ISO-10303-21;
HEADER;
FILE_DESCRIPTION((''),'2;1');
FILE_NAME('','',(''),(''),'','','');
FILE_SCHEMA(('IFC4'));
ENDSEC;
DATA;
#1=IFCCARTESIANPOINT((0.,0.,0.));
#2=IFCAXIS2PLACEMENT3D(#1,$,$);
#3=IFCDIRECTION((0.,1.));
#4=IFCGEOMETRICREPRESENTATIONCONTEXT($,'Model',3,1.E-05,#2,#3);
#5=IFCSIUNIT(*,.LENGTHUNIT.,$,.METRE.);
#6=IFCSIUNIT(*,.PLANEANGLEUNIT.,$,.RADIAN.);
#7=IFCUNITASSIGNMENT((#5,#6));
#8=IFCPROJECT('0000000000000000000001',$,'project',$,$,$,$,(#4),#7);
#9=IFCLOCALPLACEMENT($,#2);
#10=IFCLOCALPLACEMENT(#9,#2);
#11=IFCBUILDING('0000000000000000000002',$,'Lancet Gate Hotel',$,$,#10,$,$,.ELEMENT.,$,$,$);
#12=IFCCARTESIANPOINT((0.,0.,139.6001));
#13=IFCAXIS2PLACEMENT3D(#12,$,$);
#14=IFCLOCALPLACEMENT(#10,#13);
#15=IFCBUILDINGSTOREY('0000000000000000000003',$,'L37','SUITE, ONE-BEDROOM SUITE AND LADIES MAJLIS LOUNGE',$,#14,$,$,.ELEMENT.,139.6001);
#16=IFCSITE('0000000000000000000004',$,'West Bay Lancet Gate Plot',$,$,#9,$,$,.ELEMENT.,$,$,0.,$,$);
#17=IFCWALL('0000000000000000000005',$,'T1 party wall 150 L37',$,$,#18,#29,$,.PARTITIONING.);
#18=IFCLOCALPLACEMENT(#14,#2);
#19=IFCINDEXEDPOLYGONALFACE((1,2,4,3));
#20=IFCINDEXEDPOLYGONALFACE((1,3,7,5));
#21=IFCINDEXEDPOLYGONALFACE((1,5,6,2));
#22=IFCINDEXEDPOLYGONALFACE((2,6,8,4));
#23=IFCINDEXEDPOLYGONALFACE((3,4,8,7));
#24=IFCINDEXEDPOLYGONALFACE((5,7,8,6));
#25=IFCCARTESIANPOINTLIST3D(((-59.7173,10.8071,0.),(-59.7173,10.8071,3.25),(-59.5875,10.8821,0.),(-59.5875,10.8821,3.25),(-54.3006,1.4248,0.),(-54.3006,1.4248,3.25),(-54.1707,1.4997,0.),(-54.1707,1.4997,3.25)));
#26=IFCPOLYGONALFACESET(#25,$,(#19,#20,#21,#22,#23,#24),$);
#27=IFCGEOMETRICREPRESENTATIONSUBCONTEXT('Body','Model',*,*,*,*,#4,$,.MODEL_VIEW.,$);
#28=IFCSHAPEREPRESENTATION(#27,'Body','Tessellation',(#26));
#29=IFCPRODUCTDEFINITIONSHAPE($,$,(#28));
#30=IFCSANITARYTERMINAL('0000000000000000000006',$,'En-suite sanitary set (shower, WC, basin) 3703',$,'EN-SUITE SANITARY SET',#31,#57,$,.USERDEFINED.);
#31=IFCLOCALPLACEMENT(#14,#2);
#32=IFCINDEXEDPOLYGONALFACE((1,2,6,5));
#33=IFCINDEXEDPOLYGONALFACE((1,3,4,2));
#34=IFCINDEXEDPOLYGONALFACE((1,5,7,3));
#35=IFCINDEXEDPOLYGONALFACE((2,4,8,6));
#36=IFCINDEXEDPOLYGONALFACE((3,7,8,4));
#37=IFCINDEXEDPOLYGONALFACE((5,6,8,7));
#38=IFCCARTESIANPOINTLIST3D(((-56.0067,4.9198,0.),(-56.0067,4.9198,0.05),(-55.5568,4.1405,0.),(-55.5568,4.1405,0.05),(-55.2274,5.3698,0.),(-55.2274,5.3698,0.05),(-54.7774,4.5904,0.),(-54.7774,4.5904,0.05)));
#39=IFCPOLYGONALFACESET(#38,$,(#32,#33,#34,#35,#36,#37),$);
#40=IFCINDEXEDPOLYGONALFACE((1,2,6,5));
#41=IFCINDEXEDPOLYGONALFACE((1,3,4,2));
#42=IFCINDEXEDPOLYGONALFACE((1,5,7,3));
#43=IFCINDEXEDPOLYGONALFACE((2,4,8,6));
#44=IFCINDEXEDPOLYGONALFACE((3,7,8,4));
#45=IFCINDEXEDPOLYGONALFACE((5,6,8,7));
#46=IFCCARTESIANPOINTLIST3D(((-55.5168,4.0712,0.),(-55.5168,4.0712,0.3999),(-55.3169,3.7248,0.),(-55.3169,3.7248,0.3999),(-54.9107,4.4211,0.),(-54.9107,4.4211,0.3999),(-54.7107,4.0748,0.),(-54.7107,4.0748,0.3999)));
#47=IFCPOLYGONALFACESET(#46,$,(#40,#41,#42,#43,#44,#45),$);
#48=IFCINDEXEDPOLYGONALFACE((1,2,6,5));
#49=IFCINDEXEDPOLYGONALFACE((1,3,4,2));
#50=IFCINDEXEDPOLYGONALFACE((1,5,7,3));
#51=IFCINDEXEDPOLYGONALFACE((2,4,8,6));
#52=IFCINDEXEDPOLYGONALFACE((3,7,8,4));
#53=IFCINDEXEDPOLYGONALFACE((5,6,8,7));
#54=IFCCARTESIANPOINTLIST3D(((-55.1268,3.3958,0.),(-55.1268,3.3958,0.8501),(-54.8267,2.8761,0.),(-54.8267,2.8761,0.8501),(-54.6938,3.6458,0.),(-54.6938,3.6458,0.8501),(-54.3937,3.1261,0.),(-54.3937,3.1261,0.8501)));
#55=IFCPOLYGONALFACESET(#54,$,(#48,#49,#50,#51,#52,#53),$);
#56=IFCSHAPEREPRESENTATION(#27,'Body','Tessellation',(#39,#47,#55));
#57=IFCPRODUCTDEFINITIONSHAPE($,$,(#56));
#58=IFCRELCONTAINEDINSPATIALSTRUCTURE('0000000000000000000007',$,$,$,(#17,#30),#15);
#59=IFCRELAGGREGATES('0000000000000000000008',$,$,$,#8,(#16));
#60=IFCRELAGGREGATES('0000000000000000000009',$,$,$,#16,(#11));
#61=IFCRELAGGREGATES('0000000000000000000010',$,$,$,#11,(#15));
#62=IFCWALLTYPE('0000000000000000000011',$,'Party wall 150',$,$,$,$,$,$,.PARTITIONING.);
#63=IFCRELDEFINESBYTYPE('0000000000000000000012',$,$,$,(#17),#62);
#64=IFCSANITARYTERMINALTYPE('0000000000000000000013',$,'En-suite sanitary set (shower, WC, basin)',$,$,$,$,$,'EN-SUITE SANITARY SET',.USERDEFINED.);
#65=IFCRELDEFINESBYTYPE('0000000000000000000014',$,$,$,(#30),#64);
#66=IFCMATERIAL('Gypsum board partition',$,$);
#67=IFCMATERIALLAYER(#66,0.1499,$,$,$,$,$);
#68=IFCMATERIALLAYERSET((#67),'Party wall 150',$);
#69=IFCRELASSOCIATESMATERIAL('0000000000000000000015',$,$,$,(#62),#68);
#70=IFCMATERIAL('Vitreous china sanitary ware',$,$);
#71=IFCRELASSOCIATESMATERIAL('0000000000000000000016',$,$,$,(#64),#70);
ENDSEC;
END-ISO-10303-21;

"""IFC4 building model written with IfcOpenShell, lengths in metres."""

from ifc_helpers import new_model, si_unit, direction, frame, frame_2d, origin, origin_2d, place, context, subcontext, project, spatial, rectangle, extrude, material, layer, layer_set, type_object, element, save


model = new_model("IFC4")

# Units and contexts
model_context = context("Model", 3, precision=1e-05, world=origin(), true_north=direction((0.0, 1.0)))
body_context = subcontext(model_context, "Body", "Model", "MODEL_VIEW")
ifc_project = project(units=[si_unit("LENGTHUNIT", "METRE"), si_unit("PLANEANGLEUNIT", "RADIAN")], contexts=[model_context])

# Site, building, storey
site_placement = place(None, origin())
site = spatial("IfcSite", under=ifc_project, at=site_placement, Name="West Bay Lancet Gate Plot", CompositionType="ELEMENT", RefElevation=0.0)
building_placement = place(site_placement, origin())
building = spatial("IfcBuilding", under=site, at=building_placement, Name="Lancet Gate Hotel", CompositionType="ELEMENT")
storey_placement = place(building_placement, frame((0.0, 0.0, 139.6001)))
storey = spatial("IfcBuildingStorey", under=building, at=storey_placement, Name="L37", Description="SUITE, ONE-BEDROOM SUITE AND LADIES MAJLIS LOUNGE", CompositionType="ELEMENT", Elevation=139.6001)

# Wall
ifc_material_1 = material(Name="Gypsum board partition")
ifc_layer_1 = layer(ifc_material_1, 0.1499)
ifc_layer_set_1 = layer_set([ifc_layer_1], Name="Party wall 150")
wall_type_1 = type_object("IfcWallType", Name="Party wall 150", PredefinedType="PARTITIONING", material=ifc_layer_set_1)
wall_1_placement = place(storey_placement, frame((-54.2356, 1.4622, 0.0), z_axis=(0.0, 0.0, 1.0), x_axis=(-0.49999, 0.866031, 0.0)))
element("IfcWall", 1, at=wall_1_placement, inside=storey, type_object=wall_type_1, Name="T1 party wall 150 L37", PredefinedType="PARTITIONING", context=body_context, shape_type="SweptSolid", body=[
    extrude(rectangle(XDim=10.8337, YDim=0.1499, at=frame_2d((5.417, 0.0))), origin(), (0.0, 0.0, 1.0), 3.25),
])

# Sanitary terminal
ifc_material_2 = material(Name="Vitreous china sanitary ware")
sanitary_terminal_type = type_object("IfcSanitaryTerminalType", Name="En-suite sanitary set (shower, WC, basin)", ElementType="EN-SUITE SANITARY SET", PredefinedType="USERDEFINED", material=ifc_material_2)
sanitary_terminal_placement = place(storey_placement, frame((-55.3921, 4.7551, 0.0), z_axis=(0.0, 0.0, 1.0), x_axis=(1.0, 0.0, 0.0)))
element("IfcSanitaryTerminal", 2, at=sanitary_terminal_placement, inside=storey, type_object=sanitary_terminal_type, Name="En-suite sanitary set (shower, WC, basin) 3703", ObjectType="EN-SUITE SANITARY SET", PredefinedType="USERDEFINED", context=body_context, shape_type="SweptSolid", body=[
    extrude(rectangle(XDim=0.8999, YDim=0.8999, at=origin_2d()), frame((0.0, 0.0, 0.0), z_axis=(0.0, 0.0, 1.0), x_axis=(-0.5, 0.866025, 0.0)), (0.0, 0.0, 1.0), 0.05),
    extrude(rectangle(XDim=0.3999, YDim=0.7, at=origin_2d()), frame((0.2783, -0.6821, 0.0), z_axis=(0.0, 0.0, 1.0), x_axis=(-0.5, 0.866025, 0.0)), (0.0, 0.0, 1.0), 0.3999),
    extrude(rectangle(XDim=0.6001, YDim=0.5, at=origin_2d()), frame((0.6318, -1.4941, 0.0), z_axis=(0.0, 0.0, 1.0), x_axis=(-0.5, 0.866025, 0.0)), (0.0, 0.0, 1.0), 0.8501),
])

save(model, "model.ifc")
